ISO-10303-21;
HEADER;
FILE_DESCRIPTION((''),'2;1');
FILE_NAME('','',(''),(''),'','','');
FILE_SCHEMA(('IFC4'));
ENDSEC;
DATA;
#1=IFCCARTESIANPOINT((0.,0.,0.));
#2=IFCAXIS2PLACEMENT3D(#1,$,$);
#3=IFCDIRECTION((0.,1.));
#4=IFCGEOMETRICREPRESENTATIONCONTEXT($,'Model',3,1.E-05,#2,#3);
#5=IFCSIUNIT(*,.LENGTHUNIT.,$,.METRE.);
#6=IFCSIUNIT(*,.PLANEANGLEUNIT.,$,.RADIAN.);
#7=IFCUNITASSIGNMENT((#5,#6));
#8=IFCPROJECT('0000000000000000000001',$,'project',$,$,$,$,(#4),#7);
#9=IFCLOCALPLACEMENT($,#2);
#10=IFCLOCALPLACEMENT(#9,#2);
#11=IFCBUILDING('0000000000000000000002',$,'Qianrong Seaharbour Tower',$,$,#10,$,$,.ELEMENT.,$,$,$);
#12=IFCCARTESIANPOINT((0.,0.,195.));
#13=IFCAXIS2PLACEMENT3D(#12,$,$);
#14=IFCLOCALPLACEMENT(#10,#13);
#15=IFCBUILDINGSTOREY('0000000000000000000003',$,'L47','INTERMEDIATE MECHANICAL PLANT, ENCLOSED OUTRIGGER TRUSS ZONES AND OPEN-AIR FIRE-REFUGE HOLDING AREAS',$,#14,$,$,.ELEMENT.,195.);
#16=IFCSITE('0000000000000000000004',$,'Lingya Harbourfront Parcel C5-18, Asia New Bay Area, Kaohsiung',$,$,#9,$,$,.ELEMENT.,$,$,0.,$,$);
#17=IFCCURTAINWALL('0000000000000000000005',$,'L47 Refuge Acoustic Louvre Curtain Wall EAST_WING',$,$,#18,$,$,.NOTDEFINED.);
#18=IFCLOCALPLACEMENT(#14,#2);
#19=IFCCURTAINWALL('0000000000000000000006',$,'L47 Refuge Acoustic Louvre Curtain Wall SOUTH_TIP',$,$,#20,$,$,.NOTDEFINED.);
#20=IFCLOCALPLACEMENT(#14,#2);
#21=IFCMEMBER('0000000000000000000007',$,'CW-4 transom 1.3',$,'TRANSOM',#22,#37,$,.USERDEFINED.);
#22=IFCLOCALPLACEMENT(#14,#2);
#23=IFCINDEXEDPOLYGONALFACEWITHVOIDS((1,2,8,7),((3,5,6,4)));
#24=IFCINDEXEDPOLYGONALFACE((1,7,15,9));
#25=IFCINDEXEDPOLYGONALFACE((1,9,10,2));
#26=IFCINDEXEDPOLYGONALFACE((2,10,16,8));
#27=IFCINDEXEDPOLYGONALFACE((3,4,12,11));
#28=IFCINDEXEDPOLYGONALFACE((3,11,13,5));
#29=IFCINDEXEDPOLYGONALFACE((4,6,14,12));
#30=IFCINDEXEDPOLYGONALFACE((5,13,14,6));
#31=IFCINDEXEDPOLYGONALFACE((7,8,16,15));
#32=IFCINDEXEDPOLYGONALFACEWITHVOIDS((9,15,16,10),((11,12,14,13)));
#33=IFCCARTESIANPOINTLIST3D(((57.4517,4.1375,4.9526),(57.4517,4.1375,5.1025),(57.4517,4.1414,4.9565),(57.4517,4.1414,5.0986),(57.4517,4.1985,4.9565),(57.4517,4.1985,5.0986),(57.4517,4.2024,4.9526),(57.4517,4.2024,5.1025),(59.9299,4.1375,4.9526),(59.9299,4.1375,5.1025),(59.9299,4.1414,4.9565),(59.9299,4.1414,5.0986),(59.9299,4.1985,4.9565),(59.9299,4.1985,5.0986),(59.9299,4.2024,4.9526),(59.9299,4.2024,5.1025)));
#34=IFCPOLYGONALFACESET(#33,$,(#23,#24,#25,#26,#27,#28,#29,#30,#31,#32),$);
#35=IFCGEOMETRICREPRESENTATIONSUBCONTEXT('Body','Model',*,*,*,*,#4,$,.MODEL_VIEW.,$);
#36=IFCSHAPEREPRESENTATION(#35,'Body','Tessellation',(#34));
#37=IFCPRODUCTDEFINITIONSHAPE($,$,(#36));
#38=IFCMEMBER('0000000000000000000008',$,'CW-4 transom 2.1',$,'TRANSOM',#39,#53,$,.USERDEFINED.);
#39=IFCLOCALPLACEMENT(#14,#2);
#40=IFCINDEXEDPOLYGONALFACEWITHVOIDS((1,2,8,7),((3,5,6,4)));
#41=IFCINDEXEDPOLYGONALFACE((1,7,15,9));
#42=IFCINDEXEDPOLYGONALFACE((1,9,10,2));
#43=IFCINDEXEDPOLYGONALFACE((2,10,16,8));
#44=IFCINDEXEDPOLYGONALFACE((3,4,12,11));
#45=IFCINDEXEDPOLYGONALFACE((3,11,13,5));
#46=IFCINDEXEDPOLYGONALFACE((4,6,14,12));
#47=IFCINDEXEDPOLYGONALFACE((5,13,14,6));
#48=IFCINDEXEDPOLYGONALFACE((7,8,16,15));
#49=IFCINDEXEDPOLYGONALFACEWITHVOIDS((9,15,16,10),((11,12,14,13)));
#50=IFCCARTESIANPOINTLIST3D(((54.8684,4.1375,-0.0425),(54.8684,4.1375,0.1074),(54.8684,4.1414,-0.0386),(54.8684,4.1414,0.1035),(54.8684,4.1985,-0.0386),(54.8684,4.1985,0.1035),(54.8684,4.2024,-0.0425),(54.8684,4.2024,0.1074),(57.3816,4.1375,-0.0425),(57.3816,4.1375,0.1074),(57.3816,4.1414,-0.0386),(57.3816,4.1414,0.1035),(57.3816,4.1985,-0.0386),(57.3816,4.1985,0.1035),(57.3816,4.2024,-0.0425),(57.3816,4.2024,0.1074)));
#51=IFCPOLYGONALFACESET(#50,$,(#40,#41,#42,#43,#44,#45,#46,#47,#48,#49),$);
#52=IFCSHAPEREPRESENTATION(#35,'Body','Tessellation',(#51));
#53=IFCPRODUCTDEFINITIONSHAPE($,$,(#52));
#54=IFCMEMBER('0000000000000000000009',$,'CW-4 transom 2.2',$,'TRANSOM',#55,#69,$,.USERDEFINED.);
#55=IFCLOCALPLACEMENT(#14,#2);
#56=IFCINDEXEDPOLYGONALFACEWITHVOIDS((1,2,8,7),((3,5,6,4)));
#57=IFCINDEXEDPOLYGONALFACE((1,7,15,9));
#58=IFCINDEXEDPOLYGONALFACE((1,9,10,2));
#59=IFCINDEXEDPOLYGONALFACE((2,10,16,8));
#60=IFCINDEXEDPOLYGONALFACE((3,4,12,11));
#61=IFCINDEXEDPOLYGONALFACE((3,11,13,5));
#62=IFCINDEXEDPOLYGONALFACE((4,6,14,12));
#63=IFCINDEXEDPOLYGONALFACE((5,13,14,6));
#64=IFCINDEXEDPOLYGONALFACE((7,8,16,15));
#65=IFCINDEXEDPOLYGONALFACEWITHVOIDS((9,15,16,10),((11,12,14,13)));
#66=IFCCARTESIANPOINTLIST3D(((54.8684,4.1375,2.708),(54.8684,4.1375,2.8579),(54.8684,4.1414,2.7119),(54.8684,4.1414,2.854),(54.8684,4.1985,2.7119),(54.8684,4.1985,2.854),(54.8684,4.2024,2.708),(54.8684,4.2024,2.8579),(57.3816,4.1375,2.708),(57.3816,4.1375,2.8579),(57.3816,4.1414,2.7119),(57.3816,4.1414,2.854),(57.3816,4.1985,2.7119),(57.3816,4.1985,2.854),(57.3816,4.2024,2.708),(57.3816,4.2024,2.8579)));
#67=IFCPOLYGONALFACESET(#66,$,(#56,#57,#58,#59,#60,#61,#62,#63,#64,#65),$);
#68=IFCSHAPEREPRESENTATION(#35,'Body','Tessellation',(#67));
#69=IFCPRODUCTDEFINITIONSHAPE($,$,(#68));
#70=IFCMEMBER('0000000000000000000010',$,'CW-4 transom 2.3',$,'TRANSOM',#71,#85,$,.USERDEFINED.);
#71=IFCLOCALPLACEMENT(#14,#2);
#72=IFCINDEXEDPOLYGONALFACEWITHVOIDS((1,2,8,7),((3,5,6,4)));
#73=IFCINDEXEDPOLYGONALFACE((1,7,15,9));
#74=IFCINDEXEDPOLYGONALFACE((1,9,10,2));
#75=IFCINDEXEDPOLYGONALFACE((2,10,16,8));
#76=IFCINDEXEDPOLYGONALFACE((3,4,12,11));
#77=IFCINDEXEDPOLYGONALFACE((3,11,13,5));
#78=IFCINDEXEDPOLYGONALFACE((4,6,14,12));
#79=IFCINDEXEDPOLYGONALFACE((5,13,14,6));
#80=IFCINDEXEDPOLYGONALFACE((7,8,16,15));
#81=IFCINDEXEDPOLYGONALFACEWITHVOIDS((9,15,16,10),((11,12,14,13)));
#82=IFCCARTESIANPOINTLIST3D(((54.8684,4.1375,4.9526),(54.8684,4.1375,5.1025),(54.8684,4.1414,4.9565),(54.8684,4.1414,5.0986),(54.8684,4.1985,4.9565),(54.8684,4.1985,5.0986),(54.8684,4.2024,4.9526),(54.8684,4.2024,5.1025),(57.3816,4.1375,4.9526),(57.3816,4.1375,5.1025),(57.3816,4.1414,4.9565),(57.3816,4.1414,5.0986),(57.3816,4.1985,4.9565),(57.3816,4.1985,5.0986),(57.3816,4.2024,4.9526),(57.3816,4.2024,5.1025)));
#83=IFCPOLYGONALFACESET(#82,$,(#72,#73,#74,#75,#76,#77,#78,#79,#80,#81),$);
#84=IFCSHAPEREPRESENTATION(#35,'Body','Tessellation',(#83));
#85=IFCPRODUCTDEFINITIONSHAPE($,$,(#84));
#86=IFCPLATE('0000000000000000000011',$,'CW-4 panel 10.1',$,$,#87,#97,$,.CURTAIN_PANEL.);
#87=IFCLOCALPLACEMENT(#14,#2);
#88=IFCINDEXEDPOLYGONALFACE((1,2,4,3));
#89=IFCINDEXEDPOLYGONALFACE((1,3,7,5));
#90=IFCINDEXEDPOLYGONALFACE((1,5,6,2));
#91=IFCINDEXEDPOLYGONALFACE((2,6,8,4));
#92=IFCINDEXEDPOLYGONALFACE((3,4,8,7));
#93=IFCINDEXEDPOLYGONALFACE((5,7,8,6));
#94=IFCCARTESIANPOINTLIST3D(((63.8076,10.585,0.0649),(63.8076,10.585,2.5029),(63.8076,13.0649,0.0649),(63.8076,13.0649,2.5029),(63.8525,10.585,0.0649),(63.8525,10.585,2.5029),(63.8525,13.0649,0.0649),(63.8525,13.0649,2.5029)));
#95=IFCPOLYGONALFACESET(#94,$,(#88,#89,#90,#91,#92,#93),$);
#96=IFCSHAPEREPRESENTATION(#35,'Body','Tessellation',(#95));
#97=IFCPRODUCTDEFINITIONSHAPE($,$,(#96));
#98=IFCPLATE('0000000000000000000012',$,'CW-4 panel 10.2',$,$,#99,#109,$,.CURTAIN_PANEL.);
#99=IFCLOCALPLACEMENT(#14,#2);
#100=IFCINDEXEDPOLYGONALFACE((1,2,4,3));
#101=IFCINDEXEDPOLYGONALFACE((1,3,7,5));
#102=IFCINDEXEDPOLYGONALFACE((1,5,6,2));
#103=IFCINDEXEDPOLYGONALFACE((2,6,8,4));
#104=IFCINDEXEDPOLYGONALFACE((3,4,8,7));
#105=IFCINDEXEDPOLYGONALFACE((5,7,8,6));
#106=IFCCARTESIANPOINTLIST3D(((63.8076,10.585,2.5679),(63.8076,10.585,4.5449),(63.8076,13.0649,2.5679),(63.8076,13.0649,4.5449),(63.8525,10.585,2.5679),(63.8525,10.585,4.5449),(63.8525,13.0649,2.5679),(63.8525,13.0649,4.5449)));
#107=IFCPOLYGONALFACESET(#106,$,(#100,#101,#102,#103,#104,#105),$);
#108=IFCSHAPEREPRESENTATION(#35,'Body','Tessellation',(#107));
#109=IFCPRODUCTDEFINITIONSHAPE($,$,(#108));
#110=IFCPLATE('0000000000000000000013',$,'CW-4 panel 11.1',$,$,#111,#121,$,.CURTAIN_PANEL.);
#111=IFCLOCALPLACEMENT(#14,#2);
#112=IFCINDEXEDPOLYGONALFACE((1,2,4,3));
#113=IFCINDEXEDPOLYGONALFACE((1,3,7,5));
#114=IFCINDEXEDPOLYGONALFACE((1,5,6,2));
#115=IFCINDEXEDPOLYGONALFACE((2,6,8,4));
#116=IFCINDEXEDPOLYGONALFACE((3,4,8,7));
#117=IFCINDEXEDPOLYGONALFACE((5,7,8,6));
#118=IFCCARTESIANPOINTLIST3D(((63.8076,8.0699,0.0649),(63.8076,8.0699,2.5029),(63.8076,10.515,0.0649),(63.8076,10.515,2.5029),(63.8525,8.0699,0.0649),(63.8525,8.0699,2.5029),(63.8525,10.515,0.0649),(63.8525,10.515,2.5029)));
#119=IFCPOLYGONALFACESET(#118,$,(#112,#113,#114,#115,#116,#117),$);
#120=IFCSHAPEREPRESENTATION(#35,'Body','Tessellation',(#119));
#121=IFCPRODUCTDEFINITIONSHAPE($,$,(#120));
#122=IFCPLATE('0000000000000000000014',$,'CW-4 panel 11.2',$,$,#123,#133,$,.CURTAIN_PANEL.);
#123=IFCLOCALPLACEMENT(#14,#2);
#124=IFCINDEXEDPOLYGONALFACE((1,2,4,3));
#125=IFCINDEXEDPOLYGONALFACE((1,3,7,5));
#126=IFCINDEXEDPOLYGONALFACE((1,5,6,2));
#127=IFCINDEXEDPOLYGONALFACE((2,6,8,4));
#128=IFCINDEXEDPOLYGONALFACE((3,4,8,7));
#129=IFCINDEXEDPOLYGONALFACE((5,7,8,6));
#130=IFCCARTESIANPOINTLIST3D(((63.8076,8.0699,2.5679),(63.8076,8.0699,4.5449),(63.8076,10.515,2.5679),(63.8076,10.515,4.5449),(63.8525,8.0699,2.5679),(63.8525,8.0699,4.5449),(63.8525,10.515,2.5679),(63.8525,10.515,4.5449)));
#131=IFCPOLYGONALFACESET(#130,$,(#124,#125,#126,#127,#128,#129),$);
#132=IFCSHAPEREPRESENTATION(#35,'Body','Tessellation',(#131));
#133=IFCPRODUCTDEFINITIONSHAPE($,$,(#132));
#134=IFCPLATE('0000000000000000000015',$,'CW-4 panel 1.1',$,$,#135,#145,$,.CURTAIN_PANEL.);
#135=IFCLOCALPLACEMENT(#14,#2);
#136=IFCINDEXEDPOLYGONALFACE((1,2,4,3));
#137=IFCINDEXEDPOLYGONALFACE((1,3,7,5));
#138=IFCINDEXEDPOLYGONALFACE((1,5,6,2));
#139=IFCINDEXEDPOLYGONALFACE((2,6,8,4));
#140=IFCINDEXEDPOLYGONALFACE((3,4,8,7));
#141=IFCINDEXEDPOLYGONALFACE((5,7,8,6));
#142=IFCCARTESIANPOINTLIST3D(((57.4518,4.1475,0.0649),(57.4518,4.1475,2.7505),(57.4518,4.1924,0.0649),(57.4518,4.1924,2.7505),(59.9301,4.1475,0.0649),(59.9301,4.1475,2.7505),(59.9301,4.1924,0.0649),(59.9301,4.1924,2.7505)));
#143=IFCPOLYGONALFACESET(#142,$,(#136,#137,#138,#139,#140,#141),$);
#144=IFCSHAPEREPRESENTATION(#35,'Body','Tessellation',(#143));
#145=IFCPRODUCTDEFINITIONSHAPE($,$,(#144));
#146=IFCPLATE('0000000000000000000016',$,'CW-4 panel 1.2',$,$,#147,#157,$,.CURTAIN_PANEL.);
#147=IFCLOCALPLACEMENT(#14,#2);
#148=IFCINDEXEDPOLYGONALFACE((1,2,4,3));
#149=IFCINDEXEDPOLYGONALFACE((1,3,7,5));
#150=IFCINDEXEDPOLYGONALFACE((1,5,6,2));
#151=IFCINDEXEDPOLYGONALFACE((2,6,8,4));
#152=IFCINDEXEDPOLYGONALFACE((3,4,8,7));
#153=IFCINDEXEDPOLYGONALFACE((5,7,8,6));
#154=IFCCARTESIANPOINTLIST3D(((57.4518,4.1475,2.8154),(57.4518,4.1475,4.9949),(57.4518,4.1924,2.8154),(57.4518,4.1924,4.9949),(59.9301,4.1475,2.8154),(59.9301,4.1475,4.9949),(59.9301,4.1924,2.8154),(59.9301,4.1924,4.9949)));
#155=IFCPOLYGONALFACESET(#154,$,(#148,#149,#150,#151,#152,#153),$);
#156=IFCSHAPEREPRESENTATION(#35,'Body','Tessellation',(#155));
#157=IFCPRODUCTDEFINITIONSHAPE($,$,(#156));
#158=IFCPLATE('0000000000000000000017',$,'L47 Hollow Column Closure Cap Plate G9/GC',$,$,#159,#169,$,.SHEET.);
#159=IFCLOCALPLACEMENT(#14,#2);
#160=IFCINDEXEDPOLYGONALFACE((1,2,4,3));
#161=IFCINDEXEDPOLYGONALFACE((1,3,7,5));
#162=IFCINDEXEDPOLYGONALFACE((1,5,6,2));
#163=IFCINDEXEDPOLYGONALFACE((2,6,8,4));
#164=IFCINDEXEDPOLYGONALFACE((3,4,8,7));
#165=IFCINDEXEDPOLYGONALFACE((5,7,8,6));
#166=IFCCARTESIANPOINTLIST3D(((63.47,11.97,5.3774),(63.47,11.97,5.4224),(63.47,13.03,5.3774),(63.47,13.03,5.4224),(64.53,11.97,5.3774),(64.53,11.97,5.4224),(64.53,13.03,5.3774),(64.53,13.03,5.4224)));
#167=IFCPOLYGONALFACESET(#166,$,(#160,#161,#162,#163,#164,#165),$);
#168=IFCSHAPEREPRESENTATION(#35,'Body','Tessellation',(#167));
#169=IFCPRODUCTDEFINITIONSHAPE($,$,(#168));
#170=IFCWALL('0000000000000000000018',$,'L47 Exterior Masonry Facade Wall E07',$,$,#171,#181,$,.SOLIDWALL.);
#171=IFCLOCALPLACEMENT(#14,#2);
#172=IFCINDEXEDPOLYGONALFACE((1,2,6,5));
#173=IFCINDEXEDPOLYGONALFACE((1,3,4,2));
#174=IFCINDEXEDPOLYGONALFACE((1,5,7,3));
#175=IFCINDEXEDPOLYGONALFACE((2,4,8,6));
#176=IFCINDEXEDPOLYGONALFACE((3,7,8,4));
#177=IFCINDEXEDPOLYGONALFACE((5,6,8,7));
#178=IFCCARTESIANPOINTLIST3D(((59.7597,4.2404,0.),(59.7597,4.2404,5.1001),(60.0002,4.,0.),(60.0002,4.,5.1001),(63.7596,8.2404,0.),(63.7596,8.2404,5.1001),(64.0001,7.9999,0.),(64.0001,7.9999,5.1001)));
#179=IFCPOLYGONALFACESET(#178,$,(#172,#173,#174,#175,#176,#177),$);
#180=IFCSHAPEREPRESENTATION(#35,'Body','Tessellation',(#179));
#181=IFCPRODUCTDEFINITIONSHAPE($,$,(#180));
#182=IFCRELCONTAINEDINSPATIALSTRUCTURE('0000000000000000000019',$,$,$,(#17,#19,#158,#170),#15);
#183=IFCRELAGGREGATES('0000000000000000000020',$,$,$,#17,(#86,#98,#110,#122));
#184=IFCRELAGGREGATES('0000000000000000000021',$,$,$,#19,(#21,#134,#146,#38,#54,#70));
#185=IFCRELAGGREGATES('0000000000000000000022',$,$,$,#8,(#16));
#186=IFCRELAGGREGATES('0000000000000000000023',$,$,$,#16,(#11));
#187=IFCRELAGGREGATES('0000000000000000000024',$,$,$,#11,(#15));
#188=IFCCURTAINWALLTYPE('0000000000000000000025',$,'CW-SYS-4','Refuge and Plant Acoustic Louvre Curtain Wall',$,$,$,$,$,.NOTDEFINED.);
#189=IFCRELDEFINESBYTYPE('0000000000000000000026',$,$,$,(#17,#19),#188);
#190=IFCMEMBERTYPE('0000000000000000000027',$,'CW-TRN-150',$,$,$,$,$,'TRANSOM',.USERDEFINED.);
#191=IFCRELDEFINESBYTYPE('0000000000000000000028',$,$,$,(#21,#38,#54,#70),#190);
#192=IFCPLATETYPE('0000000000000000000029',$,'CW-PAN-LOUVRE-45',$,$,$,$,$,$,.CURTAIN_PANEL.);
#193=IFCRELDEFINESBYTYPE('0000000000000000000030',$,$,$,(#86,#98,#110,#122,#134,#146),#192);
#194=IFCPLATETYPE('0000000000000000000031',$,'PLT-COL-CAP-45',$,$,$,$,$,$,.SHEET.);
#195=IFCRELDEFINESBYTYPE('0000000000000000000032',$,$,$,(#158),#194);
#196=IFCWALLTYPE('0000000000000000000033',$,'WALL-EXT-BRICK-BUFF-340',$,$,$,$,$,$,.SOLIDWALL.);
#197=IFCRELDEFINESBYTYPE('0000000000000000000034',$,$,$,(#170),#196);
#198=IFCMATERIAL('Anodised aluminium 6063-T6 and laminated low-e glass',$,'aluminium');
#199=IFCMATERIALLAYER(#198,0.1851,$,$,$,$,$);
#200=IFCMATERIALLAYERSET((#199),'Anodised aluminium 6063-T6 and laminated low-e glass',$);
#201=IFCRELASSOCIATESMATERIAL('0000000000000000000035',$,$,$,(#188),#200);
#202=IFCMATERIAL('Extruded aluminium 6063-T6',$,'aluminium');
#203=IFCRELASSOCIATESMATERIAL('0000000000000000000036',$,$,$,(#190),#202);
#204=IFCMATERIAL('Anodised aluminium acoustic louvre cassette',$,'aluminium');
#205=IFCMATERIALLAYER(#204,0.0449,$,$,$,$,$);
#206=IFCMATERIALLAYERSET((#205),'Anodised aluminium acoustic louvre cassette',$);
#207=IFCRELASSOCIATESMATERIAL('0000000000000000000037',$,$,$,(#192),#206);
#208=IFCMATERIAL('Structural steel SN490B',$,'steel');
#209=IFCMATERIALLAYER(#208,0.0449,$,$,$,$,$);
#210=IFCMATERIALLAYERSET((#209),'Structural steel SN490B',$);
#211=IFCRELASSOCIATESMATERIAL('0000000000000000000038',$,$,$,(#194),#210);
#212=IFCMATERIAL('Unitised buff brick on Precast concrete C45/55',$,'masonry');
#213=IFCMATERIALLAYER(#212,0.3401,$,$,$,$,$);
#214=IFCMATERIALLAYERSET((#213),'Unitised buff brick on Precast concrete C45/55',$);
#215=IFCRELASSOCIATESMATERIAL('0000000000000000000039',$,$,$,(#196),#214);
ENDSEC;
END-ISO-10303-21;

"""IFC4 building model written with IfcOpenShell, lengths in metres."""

from ifc_helpers import new_model, si_unit, direction, frame, frame_2d, origin, origin_2d, place, context, subcontext, project, spatial, rectangle, hollow_rectangle, extrude, material, layer, layer_set, material_profile, profile_set, type_object, element, aggregate, save


model = new_model("IFC4")

# Units and contexts
model_context = context("Model", 3, precision=1e-05, world=origin(), true_north=direction((0.0, 1.0)))
body_context = subcontext(model_context, "Body", "Model", "MODEL_VIEW")
ifc_project = project(units=[si_unit("LENGTHUNIT", "METRE"), si_unit("PLANEANGLEUNIT", "RADIAN")], contexts=[model_context])

# Site, building, storey
site_placement = place(None, origin())
site = spatial("IfcSite", under=ifc_project, at=site_placement, Name="Lingya Harbourfront Parcel C5-18, Asia New Bay Area, Kaohsiung", CompositionType="ELEMENT", RefElevation=0.0)
building_placement = place(site_placement, origin())
building = spatial("IfcBuilding", under=site, at=building_placement, Name="Qianrong Seaharbour Tower", CompositionType="ELEMENT")
storey_placement = place(building_placement, frame((0.0, 0.0, 195.0)))
storey = spatial("IfcBuildingStorey", under=building, at=storey_placement, Name="L47", Description="INTERMEDIATE MECHANICAL PLANT, ENCLOSED OUTRIGGER TRUSS ZONES AND OPEN-AIR FIRE-REFUGE HOLDING AREAS", CompositionType="ELEMENT", Elevation=195.0)

# Shared definitions
ifc_material_1 = material(Name="Structural steel SN490B", Category="steel")

# Curtain walls
ifc_material_2 = material(Name="Anodised aluminium 6063-T6 and laminated low-e glass", Category="aluminium")
ifc_layer_1 = layer(ifc_material_2, 0.1851)
ifc_layer_set_1 = layer_set([ifc_layer_1], Name="Anodised aluminium 6063-T6 and laminated low-e glass")
curtain_wall_type = type_object("IfcCurtainWallType", Name="CW-SYS-4", Description="Refuge and Plant Acoustic Louvre Curtain Wall", PredefinedType="NOTDEFINED", material=ifc_layer_set_1)
curtain_wall_1_placement = place(storey_placement, origin())
curtain_wall_1 = element("IfcCurtainWall", 1, at=curtain_wall_1_placement, inside=storey, type_object=curtain_wall_type, Name="L47 Refuge Acoustic Louvre Curtain Wall EAST_WING", PredefinedType="NOTDEFINED")
ifc_material_3 = material(Name="Extruded aluminium 6063-T6", Category="aluminium")
curtain_wall_2_placement = place(storey_placement, origin())
curtain_wall_2 = element("IfcCurtainWall", 2, at=curtain_wall_2_placement, inside=storey, type_object=curtain_wall_type, Name="L47 Refuge Acoustic Louvre Curtain Wall SOUTH_TIP", PredefinedType="NOTDEFINED")

# Members
ifc_material_profile_1 = material_profile(ifc_material_3, hollow_rectangle(XDim=0.0649, YDim=0.1499, WallThickness=0.0039, at=origin_2d()), Name="ALU-TRN-150x65x4")
ifc_profile_set_1 = profile_set([ifc_material_profile_1], Name="Extruded aluminium 6063-T6")
member_type_1 = type_object("IfcMemberType", Name="CW-TRN-150", ElementType="TRANSOM", PredefinedType="USERDEFINED", material=ifc_profile_set_1)
member_1_placement = place(storey_placement, frame((59.9299, 4.1699, 5.0276), z_axis=(-1.0, 0.0, 0.0), x_axis=(0.0, -1.0, 0.0)))
member_1 = element("IfcMember", 3, at=member_1_placement, type_object=member_type_1, Name="CW-4 transom 1.3", ObjectType="TRANSOM", PredefinedType="USERDEFINED", context=body_context, shape_type="SweptSolid", body=[
    extrude(hollow_rectangle(XDim=0.0649, YDim=0.1499, WallThickness=0.0039, at=origin_2d()), origin(), (0.0, 0.0, 1.0), 2.4783),
])
member_2_placement = place(storey_placement, frame((57.3816, 4.1699, 0.0325), z_axis=(-1.0, 0.0, 0.0), x_axis=(0.0, -1.0, 0.0)))
member_2 = element("IfcMember", 4, at=member_2_placement, type_object=member_type_1, Name="CW-4 transom 2.1", ObjectType="TRANSOM", PredefinedType="USERDEFINED", context=body_context, shape_type="SweptSolid", body=[
    extrude(hollow_rectangle(XDim=0.0649, YDim=0.1499, WallThickness=0.0039, at=origin_2d()), origin(), (0.0, 0.0, 1.0), 2.5132),
])
member_3_placement = place(storey_placement, frame((57.3816, 4.1699, 2.783), z_axis=(-1.0, 0.0, 0.0), x_axis=(0.0, -1.0, 0.0)))
member_3 = element("IfcMember", 5, at=member_3_placement, type_object=member_type_1, Name="CW-4 transom 2.2", ObjectType="TRANSOM", PredefinedType="USERDEFINED", context=body_context, shape_type="SweptSolid", body=[
    extrude(hollow_rectangle(XDim=0.0649, YDim=0.1499, WallThickness=0.0039, at=origin_2d()), origin(), (0.0, 0.0, 1.0), 2.5132),
])
member_4_placement = place(storey_placement, frame((57.3816, 4.1699, 5.0276), z_axis=(-1.0, 0.0, 0.0), x_axis=(0.0, -1.0, 0.0)))
member_4 = element("IfcMember", 6, at=member_4_placement, type_object=member_type_1, Name="CW-4 transom 2.3", ObjectType="TRANSOM", PredefinedType="USERDEFINED", context=body_context, shape_type="SweptSolid", body=[
    extrude(hollow_rectangle(XDim=0.0649, YDim=0.1499, WallThickness=0.0039, at=origin_2d()), origin(), (0.0, 0.0, 1.0), 2.5132),
])

# Plates
ifc_material_4 = material(Name="Anodised aluminium acoustic louvre cassette", Category="aluminium")
ifc_layer_2 = layer(ifc_material_4, 0.0449)
ifc_layer_set_2 = layer_set([ifc_layer_2], Name="Anodised aluminium acoustic louvre cassette")
plate_type_1 = type_object("IfcPlateType", Name="CW-PAN-LOUVRE-45", PredefinedType="CURTAIN_PANEL", material=ifc_layer_set_2)
plate_1_placement = place(storey_placement, frame((63.8301, 11.825, 0.0649), z_axis=(0.0, 0.0, 1.0), x_axis=(0.0, -1.0, 0.0)))
plate_1 = element("IfcPlate", 7, at=plate_1_placement, type_object=plate_type_1, Name="CW-4 panel 10.1", PredefinedType="CURTAIN_PANEL", context=body_context, shape_type="SweptSolid", body=[
    extrude(rectangle(XDim=2.48, YDim=0.0449, at=origin_2d()), origin(), (0.0, 0.0, 1.0), 2.438),
])
plate_2_placement = place(storey_placement, frame((63.8301, 11.825, 2.5679), z_axis=(0.0, 0.0, 1.0), x_axis=(0.0, -1.0, 0.0)))
plate_2 = element("IfcPlate", 8, at=plate_2_placement, type_object=plate_type_1, Name="CW-4 panel 10.2", PredefinedType="CURTAIN_PANEL", context=body_context, shape_type="SweptSolid", body=[
    extrude(rectangle(XDim=2.48, YDim=0.0449, at=origin_2d()), origin(), (0.0, 0.0, 1.0), 1.9771),
])
plate_3_placement = place(storey_placement, frame((63.8301, 9.2925, 0.0649), z_axis=(0.0, 0.0, 1.0), x_axis=(0.0, -1.0, 0.0)))
plate_3 = element("IfcPlate", 9, at=plate_3_placement, type_object=plate_type_1, Name="CW-4 panel 11.1", PredefinedType="CURTAIN_PANEL", context=body_context, shape_type="SweptSolid", body=[
    extrude(rectangle(XDim=2.4451, YDim=0.0449, at=origin_2d()), origin(), (0.0, 0.0, 1.0), 2.438),
])
plate_4_placement = place(storey_placement, frame((63.8301, 9.2925, 2.5679), z_axis=(0.0, 0.0, 1.0), x_axis=(0.0, -1.0, 0.0)))
plate_4 = element("IfcPlate", 10, at=plate_4_placement, type_object=plate_type_1, Name="CW-4 panel 11.2", PredefinedType="CURTAIN_PANEL", context=body_context, shape_type="SweptSolid", body=[
    extrude(rectangle(XDim=2.4451, YDim=0.0449, at=origin_2d()), origin(), (0.0, 0.0, 1.0), 1.9771),
])
aggregate(curtain_wall_1, [plate_1, plate_2, plate_3, plate_4])
plate_5_placement = place(storey_placement, frame((58.6909, 4.1699, 0.0649), z_axis=(0.0, 0.0, 1.0), x_axis=(-1.0, 0.0, 0.0)))
plate_5 = element("IfcPlate", 11, at=plate_5_placement, type_object=plate_type_1, Name="CW-4 panel 1.1", PredefinedType="CURTAIN_PANEL", context=body_context, shape_type="SweptSolid", body=[
    extrude(rectangle(XDim=2.4783, YDim=0.0449, at=origin_2d()), origin(), (0.0, 0.0, 1.0), 2.6855),
])
plate_6_placement = place(storey_placement, frame((58.6909, 4.1699, 2.8154), z_axis=(0.0, 0.0, 1.0), x_axis=(-1.0, 0.0, 0.0)))
plate_6 = element("IfcPlate", 12, at=plate_6_placement, type_object=plate_type_1, Name="CW-4 panel 1.2", PredefinedType="CURTAIN_PANEL", context=body_context, shape_type="SweptSolid", body=[
    extrude(rectangle(XDim=2.4783, YDim=0.0449, at=origin_2d()), origin(), (0.0, 0.0, 1.0), 2.1794),
])
aggregate(curtain_wall_2, [member_1, plate_5, plate_6, member_2, member_3, member_4])
ifc_layer_3 = layer(ifc_material_1, 0.0449)
ifc_layer_set_3 = layer_set([ifc_layer_3], Name="Structural steel SN490B")
plate_type_2 = type_object("IfcPlateType", Name="PLT-COL-CAP-45", PredefinedType="SHEET", material=ifc_layer_set_3)
plate_7_placement = place(storey_placement, frame((64.0, 12.5, 5.3774), z_axis=(0.0, 0.0, 1.0), x_axis=(1.0, 0.0, 0.0)))
element("IfcPlate", 13, at=plate_7_placement, inside=storey, type_object=plate_type_2, Name="L47 Hollow Column Closure Cap Plate G9/GC", PredefinedType="SHEET", context=body_context, shape_type="SweptSolid", body=[
    extrude(rectangle(XDim=1.0601, YDim=1.0601, at=origin_2d()), origin(), (0.0, 0.0, 1.0), 0.0449),
])

# Wall
ifc_material_5 = material(Name="Unitised buff brick on Precast concrete C45/55", Category="masonry")
ifc_layer_4 = layer(ifc_material_5, 0.3401)
ifc_layer_set_4 = layer_set([ifc_layer_4], Name="Unitised buff brick on Precast concrete C45/55")
wall_type = type_object("IfcWallType", Name="WALL-EXT-BRICK-BUFF-340", PredefinedType="SOLIDWALL", material=ifc_layer_set_4)
wall_placement = place(storey_placement, frame((63.8799, 8.1201, 0.0), z_axis=(0.0, 0.0, 1.0), x_axis=(-0.707107, -0.707107, 0.0)))
element("IfcWall", 14, at=wall_placement, inside=storey, type_object=wall_type, Name="L47 Exterior Masonry Facade Wall E07", PredefinedType="SOLIDWALL", context=body_context, shape_type="SweptSolid", body=[
    extrude(rectangle(XDim=5.6567, YDim=0.3401, at=frame_2d((2.8284, 0.0))), origin(), (0.0, 0.0, 1.0), 5.1001),
])

save(model, "model.ifc")
